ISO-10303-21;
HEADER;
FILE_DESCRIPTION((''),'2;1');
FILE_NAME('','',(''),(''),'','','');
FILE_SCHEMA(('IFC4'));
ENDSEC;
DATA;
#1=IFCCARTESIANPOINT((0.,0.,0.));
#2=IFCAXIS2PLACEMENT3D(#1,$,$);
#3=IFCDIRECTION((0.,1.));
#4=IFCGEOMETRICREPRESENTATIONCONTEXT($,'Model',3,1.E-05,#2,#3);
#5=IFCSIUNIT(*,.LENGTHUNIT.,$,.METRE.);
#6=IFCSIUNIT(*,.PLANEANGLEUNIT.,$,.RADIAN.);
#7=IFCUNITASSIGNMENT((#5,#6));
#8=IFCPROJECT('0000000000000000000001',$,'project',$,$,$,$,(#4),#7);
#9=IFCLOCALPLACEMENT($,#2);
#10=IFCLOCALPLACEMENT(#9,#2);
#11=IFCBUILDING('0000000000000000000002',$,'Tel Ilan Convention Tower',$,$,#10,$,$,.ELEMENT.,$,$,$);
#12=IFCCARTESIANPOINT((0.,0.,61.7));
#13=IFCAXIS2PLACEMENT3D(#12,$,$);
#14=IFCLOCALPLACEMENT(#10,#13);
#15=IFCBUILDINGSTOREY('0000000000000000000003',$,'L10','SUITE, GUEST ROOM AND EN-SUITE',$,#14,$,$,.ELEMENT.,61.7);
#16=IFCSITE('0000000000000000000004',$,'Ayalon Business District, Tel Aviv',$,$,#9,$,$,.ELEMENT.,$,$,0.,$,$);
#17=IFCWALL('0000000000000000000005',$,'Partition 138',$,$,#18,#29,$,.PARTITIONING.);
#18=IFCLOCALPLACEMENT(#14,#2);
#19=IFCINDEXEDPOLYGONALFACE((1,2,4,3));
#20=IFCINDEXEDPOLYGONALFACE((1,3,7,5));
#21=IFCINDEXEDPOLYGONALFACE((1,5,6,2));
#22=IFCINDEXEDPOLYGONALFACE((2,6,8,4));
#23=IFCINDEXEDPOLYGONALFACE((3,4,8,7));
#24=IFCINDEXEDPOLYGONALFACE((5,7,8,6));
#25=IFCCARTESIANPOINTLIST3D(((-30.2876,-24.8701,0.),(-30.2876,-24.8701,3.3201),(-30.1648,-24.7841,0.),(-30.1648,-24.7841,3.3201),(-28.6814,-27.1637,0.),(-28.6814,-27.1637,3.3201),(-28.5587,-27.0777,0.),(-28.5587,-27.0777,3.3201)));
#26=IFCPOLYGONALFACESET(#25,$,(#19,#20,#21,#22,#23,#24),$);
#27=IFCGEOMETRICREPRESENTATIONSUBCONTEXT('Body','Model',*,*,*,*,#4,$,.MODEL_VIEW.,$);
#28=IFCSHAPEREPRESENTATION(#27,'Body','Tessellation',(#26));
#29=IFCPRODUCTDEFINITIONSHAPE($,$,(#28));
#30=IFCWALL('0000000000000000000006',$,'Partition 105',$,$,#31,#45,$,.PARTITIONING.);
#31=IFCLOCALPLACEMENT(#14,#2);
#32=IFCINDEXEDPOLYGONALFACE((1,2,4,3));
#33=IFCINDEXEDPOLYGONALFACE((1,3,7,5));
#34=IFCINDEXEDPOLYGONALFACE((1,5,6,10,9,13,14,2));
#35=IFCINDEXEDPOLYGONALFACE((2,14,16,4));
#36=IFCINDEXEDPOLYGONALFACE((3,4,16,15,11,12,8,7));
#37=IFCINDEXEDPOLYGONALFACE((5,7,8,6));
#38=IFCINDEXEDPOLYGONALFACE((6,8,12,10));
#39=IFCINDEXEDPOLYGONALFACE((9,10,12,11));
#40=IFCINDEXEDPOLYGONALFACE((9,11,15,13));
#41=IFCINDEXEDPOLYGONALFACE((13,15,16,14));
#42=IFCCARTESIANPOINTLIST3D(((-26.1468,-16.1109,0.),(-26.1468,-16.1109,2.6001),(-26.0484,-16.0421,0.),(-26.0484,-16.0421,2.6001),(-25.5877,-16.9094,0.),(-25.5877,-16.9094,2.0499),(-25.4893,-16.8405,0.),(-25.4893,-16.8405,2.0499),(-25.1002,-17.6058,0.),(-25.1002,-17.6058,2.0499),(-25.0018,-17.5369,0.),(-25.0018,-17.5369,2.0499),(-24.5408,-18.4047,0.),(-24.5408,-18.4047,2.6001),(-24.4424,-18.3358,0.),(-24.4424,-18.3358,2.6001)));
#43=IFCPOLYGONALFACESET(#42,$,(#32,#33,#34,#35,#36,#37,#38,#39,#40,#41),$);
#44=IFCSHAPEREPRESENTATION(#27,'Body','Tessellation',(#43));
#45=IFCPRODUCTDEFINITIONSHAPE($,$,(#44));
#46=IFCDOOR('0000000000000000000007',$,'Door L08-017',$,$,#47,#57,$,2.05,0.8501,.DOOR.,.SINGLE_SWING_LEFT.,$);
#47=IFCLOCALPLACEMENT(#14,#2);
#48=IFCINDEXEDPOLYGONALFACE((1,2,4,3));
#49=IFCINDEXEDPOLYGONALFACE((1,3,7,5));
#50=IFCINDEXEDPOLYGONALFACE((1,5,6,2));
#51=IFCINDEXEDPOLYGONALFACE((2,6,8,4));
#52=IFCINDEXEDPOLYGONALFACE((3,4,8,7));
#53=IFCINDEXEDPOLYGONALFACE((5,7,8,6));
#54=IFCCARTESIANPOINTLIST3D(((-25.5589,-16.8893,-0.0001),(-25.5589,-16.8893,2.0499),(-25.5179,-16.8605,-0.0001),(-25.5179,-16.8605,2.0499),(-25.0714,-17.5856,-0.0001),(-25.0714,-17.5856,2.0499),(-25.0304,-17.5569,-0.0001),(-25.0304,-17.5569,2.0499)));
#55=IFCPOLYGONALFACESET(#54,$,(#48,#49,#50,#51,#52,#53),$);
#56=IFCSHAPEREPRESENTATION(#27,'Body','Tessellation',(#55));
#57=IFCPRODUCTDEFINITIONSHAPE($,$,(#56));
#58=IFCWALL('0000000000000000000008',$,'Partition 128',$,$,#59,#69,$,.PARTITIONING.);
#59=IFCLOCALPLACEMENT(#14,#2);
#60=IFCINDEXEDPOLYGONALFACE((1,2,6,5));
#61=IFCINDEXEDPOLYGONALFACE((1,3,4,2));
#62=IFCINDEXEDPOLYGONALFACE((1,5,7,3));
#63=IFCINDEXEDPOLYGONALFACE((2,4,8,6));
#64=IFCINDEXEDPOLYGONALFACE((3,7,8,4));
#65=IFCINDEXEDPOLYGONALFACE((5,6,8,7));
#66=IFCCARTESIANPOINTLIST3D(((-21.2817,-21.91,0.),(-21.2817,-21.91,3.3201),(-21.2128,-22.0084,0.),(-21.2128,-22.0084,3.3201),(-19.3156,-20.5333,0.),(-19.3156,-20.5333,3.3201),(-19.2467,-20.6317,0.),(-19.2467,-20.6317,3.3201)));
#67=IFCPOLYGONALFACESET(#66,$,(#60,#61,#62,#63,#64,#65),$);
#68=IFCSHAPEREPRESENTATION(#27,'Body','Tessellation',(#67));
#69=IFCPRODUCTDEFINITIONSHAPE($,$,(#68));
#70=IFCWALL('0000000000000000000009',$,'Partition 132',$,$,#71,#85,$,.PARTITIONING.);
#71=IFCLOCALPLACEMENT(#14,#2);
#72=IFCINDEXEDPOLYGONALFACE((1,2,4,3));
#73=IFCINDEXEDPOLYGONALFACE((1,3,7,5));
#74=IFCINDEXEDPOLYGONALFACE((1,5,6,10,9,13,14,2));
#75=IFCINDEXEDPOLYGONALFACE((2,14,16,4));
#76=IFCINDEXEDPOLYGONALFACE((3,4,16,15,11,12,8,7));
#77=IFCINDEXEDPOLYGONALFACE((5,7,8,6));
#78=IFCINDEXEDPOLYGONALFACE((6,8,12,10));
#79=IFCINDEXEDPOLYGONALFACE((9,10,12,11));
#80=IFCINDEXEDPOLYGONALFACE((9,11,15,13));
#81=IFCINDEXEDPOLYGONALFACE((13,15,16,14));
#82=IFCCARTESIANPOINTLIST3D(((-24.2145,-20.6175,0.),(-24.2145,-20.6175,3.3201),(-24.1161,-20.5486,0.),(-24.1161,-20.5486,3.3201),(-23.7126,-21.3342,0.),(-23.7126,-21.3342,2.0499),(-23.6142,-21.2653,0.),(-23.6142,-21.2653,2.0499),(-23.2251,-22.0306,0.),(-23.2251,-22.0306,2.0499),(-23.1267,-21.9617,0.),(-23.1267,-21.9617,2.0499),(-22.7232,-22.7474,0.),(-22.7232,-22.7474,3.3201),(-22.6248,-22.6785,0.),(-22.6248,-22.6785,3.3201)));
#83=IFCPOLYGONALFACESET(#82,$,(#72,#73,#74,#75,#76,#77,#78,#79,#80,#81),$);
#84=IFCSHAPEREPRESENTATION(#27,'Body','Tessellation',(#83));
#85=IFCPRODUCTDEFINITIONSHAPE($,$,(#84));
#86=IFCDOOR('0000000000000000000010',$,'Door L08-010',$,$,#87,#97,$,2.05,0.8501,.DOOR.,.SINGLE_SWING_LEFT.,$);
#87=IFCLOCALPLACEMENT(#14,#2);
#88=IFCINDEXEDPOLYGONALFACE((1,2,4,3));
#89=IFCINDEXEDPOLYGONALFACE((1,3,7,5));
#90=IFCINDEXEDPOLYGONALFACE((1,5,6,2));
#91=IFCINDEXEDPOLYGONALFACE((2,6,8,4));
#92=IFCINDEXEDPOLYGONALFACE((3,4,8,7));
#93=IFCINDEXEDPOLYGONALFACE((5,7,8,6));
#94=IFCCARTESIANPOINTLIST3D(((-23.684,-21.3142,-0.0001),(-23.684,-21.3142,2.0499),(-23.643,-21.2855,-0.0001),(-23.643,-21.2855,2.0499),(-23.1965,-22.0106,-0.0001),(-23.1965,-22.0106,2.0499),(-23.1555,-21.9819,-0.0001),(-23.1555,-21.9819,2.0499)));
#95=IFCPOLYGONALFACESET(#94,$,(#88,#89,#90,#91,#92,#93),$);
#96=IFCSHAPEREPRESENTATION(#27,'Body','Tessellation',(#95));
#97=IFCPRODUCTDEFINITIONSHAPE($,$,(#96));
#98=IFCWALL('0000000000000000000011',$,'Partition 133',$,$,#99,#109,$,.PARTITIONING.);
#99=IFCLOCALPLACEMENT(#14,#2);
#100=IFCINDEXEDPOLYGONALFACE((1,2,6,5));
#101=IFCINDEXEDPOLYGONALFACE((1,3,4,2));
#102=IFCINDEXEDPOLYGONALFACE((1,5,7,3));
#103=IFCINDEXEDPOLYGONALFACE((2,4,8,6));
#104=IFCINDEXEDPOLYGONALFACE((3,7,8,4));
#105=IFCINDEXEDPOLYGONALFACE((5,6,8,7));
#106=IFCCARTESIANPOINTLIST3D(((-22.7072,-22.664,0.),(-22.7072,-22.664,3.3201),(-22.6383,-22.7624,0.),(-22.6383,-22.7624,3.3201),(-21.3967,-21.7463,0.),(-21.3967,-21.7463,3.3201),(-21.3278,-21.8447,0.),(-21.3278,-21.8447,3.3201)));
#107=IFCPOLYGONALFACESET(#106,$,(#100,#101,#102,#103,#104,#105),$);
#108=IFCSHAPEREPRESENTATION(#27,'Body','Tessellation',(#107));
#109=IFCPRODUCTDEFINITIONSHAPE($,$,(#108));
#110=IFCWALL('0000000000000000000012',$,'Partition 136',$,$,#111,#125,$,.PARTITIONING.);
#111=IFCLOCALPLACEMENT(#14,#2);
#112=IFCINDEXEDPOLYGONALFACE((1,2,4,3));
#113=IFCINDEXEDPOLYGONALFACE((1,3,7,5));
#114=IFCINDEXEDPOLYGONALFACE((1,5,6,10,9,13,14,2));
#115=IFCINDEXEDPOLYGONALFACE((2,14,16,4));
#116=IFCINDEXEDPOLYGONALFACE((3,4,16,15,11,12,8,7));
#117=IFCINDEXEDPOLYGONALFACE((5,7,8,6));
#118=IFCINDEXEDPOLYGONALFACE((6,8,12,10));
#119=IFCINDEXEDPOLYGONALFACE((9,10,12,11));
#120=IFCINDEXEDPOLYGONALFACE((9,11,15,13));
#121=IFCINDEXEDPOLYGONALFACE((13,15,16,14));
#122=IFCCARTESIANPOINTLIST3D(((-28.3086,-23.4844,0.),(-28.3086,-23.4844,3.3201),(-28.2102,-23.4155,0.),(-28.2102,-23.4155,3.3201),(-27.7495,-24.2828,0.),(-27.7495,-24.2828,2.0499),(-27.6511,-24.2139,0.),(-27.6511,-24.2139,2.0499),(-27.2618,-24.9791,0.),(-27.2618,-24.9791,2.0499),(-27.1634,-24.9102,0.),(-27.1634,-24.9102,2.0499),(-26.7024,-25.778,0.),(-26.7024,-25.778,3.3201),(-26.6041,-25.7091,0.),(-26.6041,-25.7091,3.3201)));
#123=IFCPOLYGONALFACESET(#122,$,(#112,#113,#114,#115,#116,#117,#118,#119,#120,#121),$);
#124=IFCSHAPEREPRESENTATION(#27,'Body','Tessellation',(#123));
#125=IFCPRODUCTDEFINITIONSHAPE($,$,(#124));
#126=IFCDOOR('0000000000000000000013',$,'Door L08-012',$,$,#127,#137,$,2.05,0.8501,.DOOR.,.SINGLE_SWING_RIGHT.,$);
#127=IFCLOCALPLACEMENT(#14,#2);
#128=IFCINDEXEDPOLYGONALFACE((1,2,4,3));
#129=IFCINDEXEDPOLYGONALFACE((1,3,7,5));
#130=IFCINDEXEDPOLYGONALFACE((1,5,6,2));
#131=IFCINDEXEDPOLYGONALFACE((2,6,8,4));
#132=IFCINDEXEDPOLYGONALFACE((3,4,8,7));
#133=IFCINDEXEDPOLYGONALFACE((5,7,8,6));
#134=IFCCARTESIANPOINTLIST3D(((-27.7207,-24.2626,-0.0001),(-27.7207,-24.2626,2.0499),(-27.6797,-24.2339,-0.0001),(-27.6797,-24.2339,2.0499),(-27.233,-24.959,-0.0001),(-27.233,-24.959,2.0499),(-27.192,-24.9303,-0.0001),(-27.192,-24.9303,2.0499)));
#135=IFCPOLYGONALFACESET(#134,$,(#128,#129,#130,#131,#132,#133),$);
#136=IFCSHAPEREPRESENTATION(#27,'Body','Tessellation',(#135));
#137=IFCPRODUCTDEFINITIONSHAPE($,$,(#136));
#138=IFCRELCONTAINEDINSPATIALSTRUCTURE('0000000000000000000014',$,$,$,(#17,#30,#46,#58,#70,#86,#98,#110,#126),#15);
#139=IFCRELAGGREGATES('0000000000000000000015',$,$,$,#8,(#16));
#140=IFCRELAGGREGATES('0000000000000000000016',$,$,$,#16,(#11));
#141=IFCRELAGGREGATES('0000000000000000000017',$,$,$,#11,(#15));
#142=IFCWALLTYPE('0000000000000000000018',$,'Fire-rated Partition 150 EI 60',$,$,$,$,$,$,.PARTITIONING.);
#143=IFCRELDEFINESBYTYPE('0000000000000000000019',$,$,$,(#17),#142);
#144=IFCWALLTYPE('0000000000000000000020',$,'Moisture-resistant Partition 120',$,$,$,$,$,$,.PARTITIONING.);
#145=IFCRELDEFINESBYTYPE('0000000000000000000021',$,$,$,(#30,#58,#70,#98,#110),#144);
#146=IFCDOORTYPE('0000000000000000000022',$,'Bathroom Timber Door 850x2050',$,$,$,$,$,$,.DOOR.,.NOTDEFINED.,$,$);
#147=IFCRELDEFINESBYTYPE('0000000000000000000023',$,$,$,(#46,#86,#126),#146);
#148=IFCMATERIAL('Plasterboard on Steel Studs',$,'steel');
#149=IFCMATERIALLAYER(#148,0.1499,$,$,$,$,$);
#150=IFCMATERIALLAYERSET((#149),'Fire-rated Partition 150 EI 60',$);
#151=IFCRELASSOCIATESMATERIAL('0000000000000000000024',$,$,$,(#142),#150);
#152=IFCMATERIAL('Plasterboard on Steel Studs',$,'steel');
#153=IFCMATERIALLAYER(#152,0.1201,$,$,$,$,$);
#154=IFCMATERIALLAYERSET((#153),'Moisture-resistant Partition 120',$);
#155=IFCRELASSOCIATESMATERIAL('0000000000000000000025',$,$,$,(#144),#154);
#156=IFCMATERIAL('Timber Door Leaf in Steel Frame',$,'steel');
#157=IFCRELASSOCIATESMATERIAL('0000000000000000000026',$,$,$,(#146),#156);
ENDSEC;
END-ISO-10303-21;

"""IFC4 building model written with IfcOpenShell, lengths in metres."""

from ifc_helpers import new_model, si_unit, direction, frame, frame_2d, origin, place, context, subcontext, project, spatial, rectangle, extrude, material, layer, layer_set, type_object, element, fill, save


model = new_model("IFC4")

# Units and contexts
model_context = context("Model", 3, precision=1e-05, world=origin(), true_north=direction((0.0, 1.0)))
body_context = subcontext(model_context, "Body", "Model", "MODEL_VIEW")
ifc_project = project(units=[si_unit("LENGTHUNIT", "METRE"), si_unit("PLANEANGLEUNIT", "RADIAN")], contexts=[model_context])

# Site, building, storey
site_placement = place(None, origin())
site = spatial("IfcSite", under=ifc_project, at=site_placement, Name="Ayalon Business District, Tel Aviv", CompositionType="ELEMENT", RefElevation=0.0)
building_placement = place(site_placement, origin())
building = spatial("IfcBuilding", under=site, at=building_placement, Name="Tel Ilan Convention Tower", CompositionType="ELEMENT")
storey_placement = place(building_placement, frame((0.0, 0.0, 61.7)))
storey = spatial("IfcBuildingStorey", under=building, at=storey_placement, Name="L10", Description="SUITE, GUEST ROOM AND EN-SUITE", CompositionType="ELEMENT", Elevation=61.7)

# Shared definitions
ifc_material_1 = material(Name="Plasterboard on Steel Studs", Category="steel")
ifc_layer_1 = layer(ifc_material_1, 0.1499)
ifc_layer_set_1 = layer_set([ifc_layer_1], Name="Fire-rated Partition 150 EI 60")
wall_type_1 = type_object("IfcWallType", Name="Fire-rated Partition 150 EI 60", PredefinedType="PARTITIONING", material=ifc_layer_set_1)

# Wall
wall_1_placement = place(storey_placement, frame((-28.6201, -27.1206, 0.0), z_axis=(0.0, 0.0, 1.0), x_axis=(-0.573609, 0.81913, 0.0)))
element("IfcWall", 1, at=wall_1_placement, inside=storey, type_object=wall_type_1, Name="Partition 138", PredefinedType="PARTITIONING", context=body_context, shape_type="SweptSolid", body=[
    extrude(rectangle(XDim=2.8, YDim=0.1499, at=frame_2d((1.3999, 0.0))), origin(), (0.0, 0.0, 1.0), 3.3201),
])

# Wall, opening, door
ifc_material_2 = material(Name="Plasterboard on Steel Studs", Category="steel")
ifc_layer_2 = layer(ifc_material_2, 0.1201)
ifc_layer_set_2 = layer_set([ifc_layer_2], Name="Moisture-resistant Partition 120")
wall_type_2 = type_object("IfcWallType", Name="Moisture-resistant Partition 120", PredefinedType="PARTITIONING", material=ifc_layer_set_2)
wall_2_placement = place(storey_placement, frame((-24.4917, -18.3701, 0.0), z_axis=(0.0, 0.0, 1.0), x_axis=(-0.57355, 0.81917, 0.0)))
wall_2 = element("IfcWall", 2, at=wall_2_placement, inside=storey, type_object=wall_type_2, Name="Partition 105", PredefinedType="PARTITIONING", context=body_context, shape_type="SweptSolid", body=[
    extrude(rectangle(XDim=2.8, YDim=0.1201, at=frame_2d((1.3999, 0.0))), origin(), (0.0, 0.0, 1.0), 2.6001),
])
opening_1_placement = place(wall_2_placement, frame((0.9751, 0.0, 0.0)))
opening_1 = element("IfcOpeningElement", 3, at=opening_1_placement, cuts=wall_2, PredefinedType="OPENING", context=body_context, shape_type="SweptSolid", body=[
    extrude(rectangle(XDim=0.8501, YDim=2.05, at=frame_2d((0.425, 1.0249))), frame((0.0, 0.0701, 0.0), z_axis=(0.0, -1.0, 0.0), x_axis=(1.0, 0.0, 0.0)), (0.0, 0.0, 1.0), 0.1401),
])
ifc_material_3 = material(Name="Timber Door Leaf in Steel Frame", Category="steel")
door_type_1 = type_object("IfcDoorType", Name="Bathroom Timber Door 850x2050", OperationType="NOTDEFINED", PredefinedType="DOOR", material=ifc_material_3)
door_1_placement = place(opening_1_placement, origin())
door_1 = element("IfcDoor", 4, at=door_1_placement, inside=storey, type_object=door_type_1, Name="Door L08-017", OperationType="SINGLE_SWING_LEFT", OverallHeight=2.05, OverallWidth=0.8501, PredefinedType="DOOR", context=body_context, shape_type="SweptSolid", body=[
    extrude(rectangle(XDim=0.8501, YDim=2.05, at=frame_2d((0.425, 1.0249))), frame((0.0, 0.0249, 0.0), z_axis=(0.0, -1.0, 0.0), x_axis=(1.0, 0.0, 0.0)), (0.0, 0.0, 1.0), 0.05),
])
fill(opening_1, door_1)

# Wall
wall_3_placement = place(storey_placement, frame((-21.2473, -21.9592, 0.0), z_axis=(0.0, 0.0, 1.0), x_axis=(0.819141, 0.573592, 0.0)))
element("IfcWall", 5, at=wall_3_placement, inside=storey, type_object=wall_type_2, Name="Partition 128", PredefinedType="PARTITIONING", context=body_context, shape_type="SweptSolid", body=[
    extrude(rectangle(XDim=2.4001, YDim=0.1201, at=frame_2d((1.2002, 0.0))), origin(), (0.0, 0.0, 1.0), 3.3201),
])

# Wall, opening, door
wall_4_placement = place(storey_placement, frame((-24.1653, -20.583, 0.0), z_axis=(0.0, 0.0, 1.0), x_axis=(0.573538, -0.819179, 0.0)))
wall_4 = element("IfcWall", 6, at=wall_4_placement, inside=storey, type_object=wall_type_2, Name="Partition 132", PredefinedType="PARTITIONING", context=body_context, shape_type="SweptSolid", body=[
    extrude(rectangle(XDim=2.6001, YDim=0.1201, at=frame_2d((1.3, 0.0))), origin(), (0.0, 0.0, 1.0), 3.3201),
])
opening_2_placement = place(wall_4_placement, frame((0.875, 0.0, 0.0)))
opening_2 = element("IfcOpeningElement", 7, at=opening_2_placement, cuts=wall_4, PredefinedType="OPENING", context=body_context, shape_type="SweptSolid", body=[
    extrude(rectangle(XDim=0.8501, YDim=2.05, at=frame_2d((0.425, 1.0249))), frame((0.0, 0.0701, 0.0), z_axis=(0.0, -1.0, 0.0), x_axis=(1.0, 0.0, 0.0)), (0.0, 0.0, 1.0), 0.1401),
])
door_2_placement = place(opening_2_placement, origin())
door_2 = element("IfcDoor", 8, at=door_2_placement, inside=storey, type_object=door_type_1, Name="Door L08-010", OperationType="SINGLE_SWING_LEFT", OverallHeight=2.05, OverallWidth=0.8501, PredefinedType="DOOR", context=body_context, shape_type="SweptSolid", body=[
    extrude(rectangle(XDim=0.8501, YDim=2.05, at=frame_2d((0.425, 1.0249))), frame((0.0, 0.0249, 0.0), z_axis=(0.0, -1.0, 0.0), x_axis=(1.0, 0.0, 0.0)), (0.0, 0.0, 1.0), 0.05),
])
fill(opening_2, door_2)

# Wall
wall_5_placement = place(storey_placement, frame((-22.6726, -22.7131, 0.0), z_axis=(0.0, 0.0, 1.0), x_axis=(0.819132, 0.573606, 0.0)))
element("IfcWall", 9, at=wall_5_placement, inside=storey, type_object=wall_type_2, Name="Partition 133", PredefinedType="PARTITIONING", context=body_context, shape_type="SweptSolid", body=[
    extrude(rectangle(XDim=1.5999, YDim=0.1201, at=frame_2d((0.7998, 0.0))), origin(), (0.0, 0.0, 1.0), 3.3201),
])

# Wall, opening, door
wall_6_placement = place(storey_placement, frame((-26.6533, -25.7434, 0.0), z_axis=(0.0, 0.0, 1.0), x_axis=(-0.573609, 0.81913, 0.0)))
wall_6 = element("IfcWall", 10, at=wall_6_placement, inside=storey, type_object=wall_type_2, Name="Partition 136", PredefinedType="PARTITIONING", context=body_context, shape_type="SweptSolid", body=[
    extrude(rectangle(XDim=2.8, YDim=0.1201, at=frame_2d((1.3999, 0.0))), origin(), (0.0, 0.0, 1.0), 3.3201),
])
opening_3_placement = place(wall_6_placement, frame((0.9751, 0.0, 0.0)))
opening_3 = element("IfcOpeningElement", 11, at=opening_3_placement, cuts=wall_6, PredefinedType="OPENING", context=body_context, shape_type="SweptSolid", body=[
    extrude(rectangle(XDim=0.8501, YDim=2.05, at=frame_2d((0.425, 1.0249))), frame((0.0, 0.0701, 0.0), z_axis=(0.0, -1.0, 0.0), x_axis=(1.0, 0.0, 0.0)), (0.0, 0.0, 1.0), 0.1401),
])
door_3_placement = place(opening_3_placement, origin())
door_3 = element("IfcDoor", 12, at=door_3_placement, inside=storey, type_object=door_type_1, Name="Door L08-012", OperationType="SINGLE_SWING_RIGHT", OverallHeight=2.05, OverallWidth=0.8501, PredefinedType="DOOR", context=body_context, shape_type="SweptSolid", body=[
    extrude(rectangle(XDim=0.8501, YDim=2.05, at=frame_2d((0.425, 1.0249))), frame((0.0, 0.0249, 0.0), z_axis=(0.0, -1.0, 0.0), x_axis=(1.0, 0.0, 0.0)), (0.0, 0.0, 1.0), 0.05),
])
fill(opening_3, door_3)

save(model, "model.ifc")
